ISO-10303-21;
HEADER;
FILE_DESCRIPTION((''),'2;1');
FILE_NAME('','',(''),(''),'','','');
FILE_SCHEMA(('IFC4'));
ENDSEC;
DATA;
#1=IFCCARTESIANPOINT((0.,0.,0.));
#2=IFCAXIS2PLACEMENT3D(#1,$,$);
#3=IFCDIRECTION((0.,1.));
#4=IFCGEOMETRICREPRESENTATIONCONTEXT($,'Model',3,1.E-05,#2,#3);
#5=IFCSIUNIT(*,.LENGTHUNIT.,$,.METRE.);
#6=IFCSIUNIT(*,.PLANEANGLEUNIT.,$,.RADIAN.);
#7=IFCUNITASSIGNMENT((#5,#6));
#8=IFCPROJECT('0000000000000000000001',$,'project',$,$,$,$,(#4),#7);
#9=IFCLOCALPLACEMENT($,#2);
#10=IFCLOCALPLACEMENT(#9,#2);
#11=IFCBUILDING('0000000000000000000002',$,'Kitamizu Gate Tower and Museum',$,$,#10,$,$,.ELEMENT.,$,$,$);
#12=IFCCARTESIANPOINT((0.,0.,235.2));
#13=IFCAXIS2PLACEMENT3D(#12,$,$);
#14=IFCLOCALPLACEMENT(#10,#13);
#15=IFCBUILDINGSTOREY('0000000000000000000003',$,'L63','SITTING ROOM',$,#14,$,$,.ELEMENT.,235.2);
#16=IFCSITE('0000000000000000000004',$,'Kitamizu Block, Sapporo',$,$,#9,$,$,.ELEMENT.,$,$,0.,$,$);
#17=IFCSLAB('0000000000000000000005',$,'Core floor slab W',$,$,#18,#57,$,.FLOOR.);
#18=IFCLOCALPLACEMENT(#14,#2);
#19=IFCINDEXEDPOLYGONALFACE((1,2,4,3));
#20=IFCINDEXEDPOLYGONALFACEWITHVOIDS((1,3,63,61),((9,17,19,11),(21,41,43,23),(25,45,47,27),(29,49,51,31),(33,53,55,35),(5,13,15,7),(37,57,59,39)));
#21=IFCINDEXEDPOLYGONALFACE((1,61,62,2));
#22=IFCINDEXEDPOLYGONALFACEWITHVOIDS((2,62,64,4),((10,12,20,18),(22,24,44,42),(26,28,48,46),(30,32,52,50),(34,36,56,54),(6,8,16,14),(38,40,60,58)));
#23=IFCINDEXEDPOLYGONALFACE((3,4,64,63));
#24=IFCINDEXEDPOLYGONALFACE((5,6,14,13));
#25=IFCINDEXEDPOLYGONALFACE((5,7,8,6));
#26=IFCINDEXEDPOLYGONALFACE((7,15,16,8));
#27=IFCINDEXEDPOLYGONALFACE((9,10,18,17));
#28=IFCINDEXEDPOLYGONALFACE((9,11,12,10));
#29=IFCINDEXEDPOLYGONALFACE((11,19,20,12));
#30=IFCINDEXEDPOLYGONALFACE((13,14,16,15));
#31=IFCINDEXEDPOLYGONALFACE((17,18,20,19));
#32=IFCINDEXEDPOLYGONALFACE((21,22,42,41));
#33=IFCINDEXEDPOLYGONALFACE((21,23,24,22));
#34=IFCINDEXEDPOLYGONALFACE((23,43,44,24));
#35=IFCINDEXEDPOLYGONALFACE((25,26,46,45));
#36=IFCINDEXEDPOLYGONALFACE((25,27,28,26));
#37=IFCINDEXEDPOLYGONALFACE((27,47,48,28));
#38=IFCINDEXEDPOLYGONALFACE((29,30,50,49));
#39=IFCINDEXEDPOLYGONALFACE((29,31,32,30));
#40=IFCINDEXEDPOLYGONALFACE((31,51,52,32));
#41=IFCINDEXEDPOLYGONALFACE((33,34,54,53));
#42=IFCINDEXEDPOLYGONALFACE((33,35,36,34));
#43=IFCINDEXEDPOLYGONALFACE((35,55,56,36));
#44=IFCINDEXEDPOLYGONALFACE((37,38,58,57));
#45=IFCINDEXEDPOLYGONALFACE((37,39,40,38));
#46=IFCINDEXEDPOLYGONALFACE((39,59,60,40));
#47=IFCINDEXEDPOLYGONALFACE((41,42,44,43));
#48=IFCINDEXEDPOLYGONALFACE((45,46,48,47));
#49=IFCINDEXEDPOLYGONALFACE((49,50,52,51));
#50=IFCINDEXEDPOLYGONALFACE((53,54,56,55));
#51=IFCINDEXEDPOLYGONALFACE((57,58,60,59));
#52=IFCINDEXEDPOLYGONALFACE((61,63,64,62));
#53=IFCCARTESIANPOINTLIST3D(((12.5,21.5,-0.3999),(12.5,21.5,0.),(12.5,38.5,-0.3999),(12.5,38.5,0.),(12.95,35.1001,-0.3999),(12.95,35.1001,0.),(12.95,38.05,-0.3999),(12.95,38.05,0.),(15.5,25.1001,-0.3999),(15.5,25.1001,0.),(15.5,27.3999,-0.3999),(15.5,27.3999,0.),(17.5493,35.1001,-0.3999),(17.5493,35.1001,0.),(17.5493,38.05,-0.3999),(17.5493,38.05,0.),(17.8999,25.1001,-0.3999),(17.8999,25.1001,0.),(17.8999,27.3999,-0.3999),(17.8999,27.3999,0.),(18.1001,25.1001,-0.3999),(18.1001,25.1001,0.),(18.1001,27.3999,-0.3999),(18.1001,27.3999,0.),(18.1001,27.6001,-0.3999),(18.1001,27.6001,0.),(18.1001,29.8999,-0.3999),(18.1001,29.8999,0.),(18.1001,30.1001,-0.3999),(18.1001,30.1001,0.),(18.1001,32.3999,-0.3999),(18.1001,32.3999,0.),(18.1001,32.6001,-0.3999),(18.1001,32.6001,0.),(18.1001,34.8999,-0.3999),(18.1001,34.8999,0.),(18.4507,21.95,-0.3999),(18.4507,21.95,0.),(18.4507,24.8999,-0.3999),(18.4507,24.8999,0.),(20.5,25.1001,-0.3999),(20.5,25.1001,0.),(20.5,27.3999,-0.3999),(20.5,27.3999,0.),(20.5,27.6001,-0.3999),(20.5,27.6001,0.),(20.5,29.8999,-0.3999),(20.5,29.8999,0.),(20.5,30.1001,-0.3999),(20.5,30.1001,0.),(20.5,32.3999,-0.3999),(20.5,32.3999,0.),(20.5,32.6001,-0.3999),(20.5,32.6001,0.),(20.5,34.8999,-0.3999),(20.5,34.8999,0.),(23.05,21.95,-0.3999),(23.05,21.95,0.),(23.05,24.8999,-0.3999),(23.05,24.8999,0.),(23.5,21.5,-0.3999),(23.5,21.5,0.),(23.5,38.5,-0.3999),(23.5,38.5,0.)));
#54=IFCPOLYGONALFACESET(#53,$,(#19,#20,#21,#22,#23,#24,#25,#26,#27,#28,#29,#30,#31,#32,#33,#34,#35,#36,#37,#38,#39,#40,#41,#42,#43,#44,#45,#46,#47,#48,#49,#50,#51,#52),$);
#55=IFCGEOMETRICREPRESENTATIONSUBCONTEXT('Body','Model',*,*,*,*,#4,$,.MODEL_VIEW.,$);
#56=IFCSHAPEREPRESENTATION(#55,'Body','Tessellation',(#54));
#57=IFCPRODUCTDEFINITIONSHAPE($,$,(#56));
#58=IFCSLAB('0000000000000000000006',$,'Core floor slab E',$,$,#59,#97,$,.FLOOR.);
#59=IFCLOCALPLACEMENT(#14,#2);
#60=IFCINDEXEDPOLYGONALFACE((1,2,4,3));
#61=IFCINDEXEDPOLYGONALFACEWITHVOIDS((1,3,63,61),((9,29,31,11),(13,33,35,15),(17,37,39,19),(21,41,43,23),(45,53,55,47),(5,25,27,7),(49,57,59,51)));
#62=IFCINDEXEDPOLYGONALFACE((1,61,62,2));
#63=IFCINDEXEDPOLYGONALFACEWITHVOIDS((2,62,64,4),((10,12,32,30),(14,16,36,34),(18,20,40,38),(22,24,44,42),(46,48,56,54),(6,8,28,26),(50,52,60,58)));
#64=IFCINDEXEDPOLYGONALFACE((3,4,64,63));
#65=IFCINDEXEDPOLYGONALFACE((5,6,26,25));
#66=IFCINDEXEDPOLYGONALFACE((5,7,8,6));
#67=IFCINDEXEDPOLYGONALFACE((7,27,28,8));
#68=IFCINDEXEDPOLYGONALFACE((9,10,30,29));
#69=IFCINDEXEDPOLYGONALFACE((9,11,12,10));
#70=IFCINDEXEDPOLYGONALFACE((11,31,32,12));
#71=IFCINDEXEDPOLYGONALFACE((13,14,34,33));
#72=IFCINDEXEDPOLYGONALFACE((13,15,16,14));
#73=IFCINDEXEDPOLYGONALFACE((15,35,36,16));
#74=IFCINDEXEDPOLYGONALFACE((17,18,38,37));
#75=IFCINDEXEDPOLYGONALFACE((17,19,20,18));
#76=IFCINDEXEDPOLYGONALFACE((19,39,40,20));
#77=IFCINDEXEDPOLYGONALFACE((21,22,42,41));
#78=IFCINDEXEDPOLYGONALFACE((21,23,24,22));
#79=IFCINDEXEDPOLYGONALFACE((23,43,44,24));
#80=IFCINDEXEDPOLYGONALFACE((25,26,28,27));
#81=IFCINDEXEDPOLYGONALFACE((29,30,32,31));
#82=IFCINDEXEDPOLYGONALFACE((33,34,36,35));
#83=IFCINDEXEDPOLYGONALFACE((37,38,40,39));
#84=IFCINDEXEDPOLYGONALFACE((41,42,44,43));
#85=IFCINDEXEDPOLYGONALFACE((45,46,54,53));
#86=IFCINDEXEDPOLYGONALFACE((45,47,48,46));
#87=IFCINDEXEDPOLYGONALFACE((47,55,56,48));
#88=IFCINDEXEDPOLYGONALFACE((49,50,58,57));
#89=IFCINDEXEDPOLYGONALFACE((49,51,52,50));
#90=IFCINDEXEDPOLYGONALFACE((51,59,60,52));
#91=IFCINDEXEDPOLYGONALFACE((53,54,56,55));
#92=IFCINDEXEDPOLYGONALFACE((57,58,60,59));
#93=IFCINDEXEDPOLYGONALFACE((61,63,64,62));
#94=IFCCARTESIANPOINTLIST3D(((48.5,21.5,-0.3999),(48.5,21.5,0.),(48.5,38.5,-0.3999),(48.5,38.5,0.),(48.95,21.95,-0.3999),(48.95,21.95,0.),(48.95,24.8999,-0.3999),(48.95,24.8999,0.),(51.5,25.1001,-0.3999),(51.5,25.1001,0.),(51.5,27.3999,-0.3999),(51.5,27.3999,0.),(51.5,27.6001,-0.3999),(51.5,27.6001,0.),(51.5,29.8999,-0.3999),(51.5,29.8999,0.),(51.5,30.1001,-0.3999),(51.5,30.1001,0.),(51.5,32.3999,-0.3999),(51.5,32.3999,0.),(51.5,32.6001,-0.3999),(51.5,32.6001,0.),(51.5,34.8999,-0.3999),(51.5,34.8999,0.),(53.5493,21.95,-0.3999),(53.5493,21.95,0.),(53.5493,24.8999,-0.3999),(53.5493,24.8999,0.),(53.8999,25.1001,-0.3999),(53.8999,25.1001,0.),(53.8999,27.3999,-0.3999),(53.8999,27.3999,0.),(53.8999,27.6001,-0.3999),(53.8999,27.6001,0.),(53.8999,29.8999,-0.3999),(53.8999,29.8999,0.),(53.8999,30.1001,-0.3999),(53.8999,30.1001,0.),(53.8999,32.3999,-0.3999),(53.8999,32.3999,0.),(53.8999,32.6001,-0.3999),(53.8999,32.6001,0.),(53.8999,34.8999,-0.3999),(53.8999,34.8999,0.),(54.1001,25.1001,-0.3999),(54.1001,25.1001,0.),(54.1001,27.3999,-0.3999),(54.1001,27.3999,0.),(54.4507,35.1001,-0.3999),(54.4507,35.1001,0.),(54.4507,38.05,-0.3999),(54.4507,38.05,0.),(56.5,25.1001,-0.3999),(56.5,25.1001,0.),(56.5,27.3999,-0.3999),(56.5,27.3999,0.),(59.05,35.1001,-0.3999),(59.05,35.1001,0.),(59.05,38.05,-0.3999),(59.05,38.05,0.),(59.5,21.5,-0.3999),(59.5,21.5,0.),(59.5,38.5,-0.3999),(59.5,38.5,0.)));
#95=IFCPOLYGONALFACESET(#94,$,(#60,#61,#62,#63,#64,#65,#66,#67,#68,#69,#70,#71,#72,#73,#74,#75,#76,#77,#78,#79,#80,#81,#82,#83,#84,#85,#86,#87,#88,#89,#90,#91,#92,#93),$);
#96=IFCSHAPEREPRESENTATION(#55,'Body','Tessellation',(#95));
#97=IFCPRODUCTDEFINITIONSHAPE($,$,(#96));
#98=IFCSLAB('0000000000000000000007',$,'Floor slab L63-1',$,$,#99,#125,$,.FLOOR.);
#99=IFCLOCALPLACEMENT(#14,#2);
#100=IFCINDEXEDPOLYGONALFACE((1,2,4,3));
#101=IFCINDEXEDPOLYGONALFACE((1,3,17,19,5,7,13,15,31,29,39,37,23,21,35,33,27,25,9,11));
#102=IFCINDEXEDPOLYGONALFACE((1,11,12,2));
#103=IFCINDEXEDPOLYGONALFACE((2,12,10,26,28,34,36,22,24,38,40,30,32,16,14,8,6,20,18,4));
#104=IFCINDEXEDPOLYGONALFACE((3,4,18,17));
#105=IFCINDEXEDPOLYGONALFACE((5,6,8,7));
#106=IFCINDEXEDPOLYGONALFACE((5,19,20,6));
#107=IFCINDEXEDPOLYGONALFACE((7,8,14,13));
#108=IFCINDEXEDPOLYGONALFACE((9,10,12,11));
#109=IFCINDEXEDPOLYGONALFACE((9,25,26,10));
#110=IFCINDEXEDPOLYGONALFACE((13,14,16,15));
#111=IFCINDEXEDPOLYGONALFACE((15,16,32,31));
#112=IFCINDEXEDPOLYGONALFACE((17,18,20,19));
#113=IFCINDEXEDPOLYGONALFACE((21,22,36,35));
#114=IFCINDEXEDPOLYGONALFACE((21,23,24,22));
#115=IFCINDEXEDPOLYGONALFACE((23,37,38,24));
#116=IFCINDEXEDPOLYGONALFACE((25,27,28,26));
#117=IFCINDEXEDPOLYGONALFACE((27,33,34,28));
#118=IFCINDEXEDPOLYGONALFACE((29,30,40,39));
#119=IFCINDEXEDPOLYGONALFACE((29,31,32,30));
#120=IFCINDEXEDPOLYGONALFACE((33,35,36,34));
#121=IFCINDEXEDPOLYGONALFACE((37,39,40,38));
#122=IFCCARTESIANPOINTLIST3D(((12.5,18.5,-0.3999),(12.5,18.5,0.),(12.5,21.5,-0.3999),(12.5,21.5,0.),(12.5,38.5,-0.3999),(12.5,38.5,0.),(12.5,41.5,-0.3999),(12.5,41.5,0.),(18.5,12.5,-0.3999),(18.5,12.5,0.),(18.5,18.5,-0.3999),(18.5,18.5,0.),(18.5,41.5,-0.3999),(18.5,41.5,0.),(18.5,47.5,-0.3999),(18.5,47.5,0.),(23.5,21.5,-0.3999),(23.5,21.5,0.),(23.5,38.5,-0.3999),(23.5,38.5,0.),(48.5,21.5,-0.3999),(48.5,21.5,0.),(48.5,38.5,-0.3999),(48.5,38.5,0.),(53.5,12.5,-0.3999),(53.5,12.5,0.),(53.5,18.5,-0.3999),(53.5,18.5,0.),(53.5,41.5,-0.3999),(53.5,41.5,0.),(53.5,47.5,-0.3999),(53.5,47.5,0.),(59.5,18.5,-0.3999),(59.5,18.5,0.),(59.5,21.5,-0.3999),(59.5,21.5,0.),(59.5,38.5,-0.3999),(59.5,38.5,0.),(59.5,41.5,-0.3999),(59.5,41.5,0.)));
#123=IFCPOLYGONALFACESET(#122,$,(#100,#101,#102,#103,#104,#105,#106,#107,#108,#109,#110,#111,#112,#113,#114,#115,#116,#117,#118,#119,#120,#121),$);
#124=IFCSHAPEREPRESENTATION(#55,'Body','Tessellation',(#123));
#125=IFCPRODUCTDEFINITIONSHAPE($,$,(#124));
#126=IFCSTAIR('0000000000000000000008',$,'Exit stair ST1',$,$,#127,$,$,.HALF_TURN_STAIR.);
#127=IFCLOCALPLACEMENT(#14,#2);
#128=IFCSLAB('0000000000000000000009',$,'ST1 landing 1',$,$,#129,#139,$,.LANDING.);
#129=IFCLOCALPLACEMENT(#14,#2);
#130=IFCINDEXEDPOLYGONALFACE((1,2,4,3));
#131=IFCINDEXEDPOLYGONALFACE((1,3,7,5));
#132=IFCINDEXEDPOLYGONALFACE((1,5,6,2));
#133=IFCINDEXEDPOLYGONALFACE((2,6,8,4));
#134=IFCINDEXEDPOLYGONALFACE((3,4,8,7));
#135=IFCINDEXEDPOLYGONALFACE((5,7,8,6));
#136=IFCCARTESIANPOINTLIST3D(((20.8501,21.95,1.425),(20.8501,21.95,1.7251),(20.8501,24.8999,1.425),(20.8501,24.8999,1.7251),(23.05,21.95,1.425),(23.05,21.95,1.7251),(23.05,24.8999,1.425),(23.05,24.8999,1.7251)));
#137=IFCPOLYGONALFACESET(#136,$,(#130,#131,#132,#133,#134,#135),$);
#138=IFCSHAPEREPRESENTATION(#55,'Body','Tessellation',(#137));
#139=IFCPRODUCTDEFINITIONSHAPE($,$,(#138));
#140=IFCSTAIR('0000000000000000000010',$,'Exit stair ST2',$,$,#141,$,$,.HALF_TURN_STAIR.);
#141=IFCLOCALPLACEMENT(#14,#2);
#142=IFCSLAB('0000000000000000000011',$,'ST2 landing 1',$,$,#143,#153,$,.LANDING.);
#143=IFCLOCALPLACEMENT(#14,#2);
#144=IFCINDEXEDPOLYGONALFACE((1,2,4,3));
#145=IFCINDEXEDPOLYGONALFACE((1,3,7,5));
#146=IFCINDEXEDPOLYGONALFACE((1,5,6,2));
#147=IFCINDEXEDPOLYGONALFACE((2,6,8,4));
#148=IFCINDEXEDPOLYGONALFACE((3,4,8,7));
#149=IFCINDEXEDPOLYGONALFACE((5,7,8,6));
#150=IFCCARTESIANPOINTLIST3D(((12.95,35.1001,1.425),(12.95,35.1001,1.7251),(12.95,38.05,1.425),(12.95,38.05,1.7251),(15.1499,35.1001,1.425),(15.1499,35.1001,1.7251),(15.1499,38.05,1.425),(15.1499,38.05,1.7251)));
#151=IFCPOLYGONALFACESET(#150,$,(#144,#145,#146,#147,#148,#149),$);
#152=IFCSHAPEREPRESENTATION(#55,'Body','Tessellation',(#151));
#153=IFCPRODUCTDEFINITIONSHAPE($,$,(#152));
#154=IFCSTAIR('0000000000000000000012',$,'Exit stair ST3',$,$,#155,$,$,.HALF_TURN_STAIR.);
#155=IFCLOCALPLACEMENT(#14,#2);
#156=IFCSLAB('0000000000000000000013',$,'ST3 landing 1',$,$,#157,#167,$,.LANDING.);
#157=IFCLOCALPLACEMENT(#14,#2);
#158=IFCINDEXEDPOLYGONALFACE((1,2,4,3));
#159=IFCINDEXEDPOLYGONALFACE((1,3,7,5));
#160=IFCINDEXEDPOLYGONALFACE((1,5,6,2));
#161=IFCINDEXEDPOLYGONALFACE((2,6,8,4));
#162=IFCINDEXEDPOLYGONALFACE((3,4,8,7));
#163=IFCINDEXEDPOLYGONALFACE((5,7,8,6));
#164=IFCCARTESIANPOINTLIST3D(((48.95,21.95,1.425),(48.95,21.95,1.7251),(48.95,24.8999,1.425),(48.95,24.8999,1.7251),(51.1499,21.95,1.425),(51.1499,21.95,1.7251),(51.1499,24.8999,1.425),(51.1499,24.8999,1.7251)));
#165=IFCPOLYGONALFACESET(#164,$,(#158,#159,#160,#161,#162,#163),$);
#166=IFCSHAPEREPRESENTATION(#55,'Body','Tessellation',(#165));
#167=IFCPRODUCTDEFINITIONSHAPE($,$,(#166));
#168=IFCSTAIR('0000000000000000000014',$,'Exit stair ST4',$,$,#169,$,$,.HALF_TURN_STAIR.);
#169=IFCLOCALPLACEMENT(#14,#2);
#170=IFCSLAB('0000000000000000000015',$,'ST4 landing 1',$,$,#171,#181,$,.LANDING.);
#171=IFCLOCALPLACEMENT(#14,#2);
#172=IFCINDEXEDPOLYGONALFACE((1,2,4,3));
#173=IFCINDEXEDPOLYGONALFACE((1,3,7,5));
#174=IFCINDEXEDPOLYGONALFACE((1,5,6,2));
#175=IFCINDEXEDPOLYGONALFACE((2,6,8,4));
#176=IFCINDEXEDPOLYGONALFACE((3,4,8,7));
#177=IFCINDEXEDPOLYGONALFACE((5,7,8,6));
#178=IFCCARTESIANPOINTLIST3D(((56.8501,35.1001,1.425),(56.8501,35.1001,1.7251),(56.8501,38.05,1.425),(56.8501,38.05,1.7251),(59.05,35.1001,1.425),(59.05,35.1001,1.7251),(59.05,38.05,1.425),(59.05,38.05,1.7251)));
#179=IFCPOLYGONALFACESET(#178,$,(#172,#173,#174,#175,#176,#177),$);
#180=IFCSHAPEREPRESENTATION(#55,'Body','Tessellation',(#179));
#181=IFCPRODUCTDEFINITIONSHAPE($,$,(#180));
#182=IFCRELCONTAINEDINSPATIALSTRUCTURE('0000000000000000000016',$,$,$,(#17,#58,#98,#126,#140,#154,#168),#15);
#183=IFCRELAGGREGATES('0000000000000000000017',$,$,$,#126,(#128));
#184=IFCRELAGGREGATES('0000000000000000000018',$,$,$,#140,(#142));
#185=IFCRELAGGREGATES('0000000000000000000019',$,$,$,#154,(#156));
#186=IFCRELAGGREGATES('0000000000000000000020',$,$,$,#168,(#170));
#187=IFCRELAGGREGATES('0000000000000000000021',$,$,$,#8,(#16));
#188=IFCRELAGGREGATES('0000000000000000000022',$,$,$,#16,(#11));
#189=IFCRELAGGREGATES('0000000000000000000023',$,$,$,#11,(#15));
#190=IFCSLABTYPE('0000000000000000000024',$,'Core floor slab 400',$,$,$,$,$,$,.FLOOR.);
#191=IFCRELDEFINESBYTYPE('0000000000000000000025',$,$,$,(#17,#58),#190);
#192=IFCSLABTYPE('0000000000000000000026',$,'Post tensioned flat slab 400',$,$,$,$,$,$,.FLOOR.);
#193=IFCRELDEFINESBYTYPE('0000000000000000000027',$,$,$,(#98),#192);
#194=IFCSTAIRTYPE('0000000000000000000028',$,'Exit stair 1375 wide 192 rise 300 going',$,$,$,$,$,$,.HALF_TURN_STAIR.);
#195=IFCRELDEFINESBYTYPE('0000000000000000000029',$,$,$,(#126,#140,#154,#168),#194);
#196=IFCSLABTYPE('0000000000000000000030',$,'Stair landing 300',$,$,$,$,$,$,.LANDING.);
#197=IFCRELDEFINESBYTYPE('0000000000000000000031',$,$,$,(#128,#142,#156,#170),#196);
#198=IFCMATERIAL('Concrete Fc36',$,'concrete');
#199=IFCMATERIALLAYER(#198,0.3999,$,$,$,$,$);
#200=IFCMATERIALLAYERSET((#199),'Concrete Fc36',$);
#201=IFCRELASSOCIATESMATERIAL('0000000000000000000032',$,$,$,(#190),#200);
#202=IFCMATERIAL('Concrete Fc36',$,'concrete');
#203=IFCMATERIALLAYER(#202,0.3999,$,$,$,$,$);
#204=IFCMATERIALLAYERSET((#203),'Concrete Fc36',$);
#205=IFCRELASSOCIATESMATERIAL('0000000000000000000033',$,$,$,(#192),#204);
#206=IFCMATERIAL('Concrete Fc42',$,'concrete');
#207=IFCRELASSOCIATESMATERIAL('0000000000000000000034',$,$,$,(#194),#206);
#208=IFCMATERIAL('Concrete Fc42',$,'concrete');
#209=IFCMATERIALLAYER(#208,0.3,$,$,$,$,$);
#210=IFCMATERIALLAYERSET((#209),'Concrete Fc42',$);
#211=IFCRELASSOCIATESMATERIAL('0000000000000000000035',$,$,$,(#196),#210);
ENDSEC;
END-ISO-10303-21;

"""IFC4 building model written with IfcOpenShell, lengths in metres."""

from ifc_helpers import new_model, si_unit, direction, frame, origin, place, context, subcontext, project, spatial, polyline, outline, extrude, material, layer, layer_set, type_object, element, aggregate, save


model = new_model("IFC4")

# Units and contexts
model_context = context("Model", 3, precision=1e-05, world=origin(), true_north=direction((0.0, 1.0)))
body_context = subcontext(model_context, "Body", "Model", "MODEL_VIEW")
ifc_project = project(units=[si_unit("LENGTHUNIT", "METRE"), si_unit("PLANEANGLEUNIT", "RADIAN")], contexts=[model_context])

# Site, building, storey
site_placement = place(None, origin())
site = spatial("IfcSite", under=ifc_project, at=site_placement, Name="Kitamizu Block, Sapporo", CompositionType="ELEMENT", RefElevation=0.0)
building_placement = place(site_placement, origin())
building = spatial("IfcBuilding", under=site, at=building_placement, Name="Kitamizu Gate Tower and Museum", CompositionType="ELEMENT")
storey_placement = place(building_placement, frame((0.0, 0.0, 235.2)))
storey = spatial("IfcBuildingStorey", under=building, at=storey_placement, Name="L63", Description="SITTING ROOM", CompositionType="ELEMENT", Elevation=235.2)

# Slabs
ifc_material_1 = material(Name="Concrete Fc36", Category="concrete")
ifc_layer_1 = layer(ifc_material_1, 0.3999)
ifc_layer_set_1 = layer_set([ifc_layer_1], Name="Concrete Fc36")
slab_type_1 = type_object("IfcSlabType", Name="Core floor slab 400", PredefinedType="FLOOR", material=ifc_layer_set_1)
slab_1_placement = place(storey_placement, frame((0.0, 0.0, -0.3999)))
element("IfcSlab", 1, at=slab_1_placement, inside=storey, type_object=slab_type_1, Name="Core floor slab W", PredefinedType="FLOOR", context=body_context, shape_type="SweptSolid", body=[
    extrude(outline(polyline([(12.5, 21.5), (23.5, 21.5), (23.5, 38.5), (12.5, 38.5), (12.5, 21.5)]), holes=[polyline([(15.5, 25.1001), (17.8999, 25.1001), (17.8999, 27.3999), (15.5, 27.3999), (15.5, 25.1001)]), polyline([(18.1001, 25.1001), (20.5, 25.1001), (20.5, 27.3999), (18.1001, 27.3999), (18.1001, 25.1001)]), polyline([(18.1001, 27.6001), (20.5, 27.6001), (20.5, 29.8999), (18.1001, 29.8999), (18.1001, 27.6001)]), polyline([(18.1001, 30.1001), (20.5, 30.1001), (20.5, 32.3999), (18.1001, 32.3999), (18.1001, 30.1001)]), polyline([(18.1001, 32.6001), (20.5, 32.6001), (20.5, 34.8999), (18.1001, 34.8999), (18.1001, 32.6001)]), polyline([(18.4507, 21.95), (23.05, 21.95), (23.05, 24.8999), (18.4507, 24.8999), (18.4507, 21.95)]), polyline([(12.95, 35.1001), (17.5493, 35.1001), (17.5493, 38.05), (12.95, 38.05), (12.95, 35.1001)])]), origin(), (0.0, 0.0, 1.0), 0.3999),
])
slab_2_placement = place(storey_placement, frame((0.0, 0.0, -0.3999)))
element("IfcSlab", 2, at=slab_2_placement, inside=storey, type_object=slab_type_1, Name="Core floor slab E", PredefinedType="FLOOR", context=body_context, shape_type="SweptSolid", body=[
    extrude(outline(polyline([(48.5, 21.5), (59.5, 21.5), (59.5, 38.5), (48.5, 38.5), (48.5, 21.5)]), holes=[polyline([(54.1001, 25.1001), (56.5, 25.1001), (56.5, 27.3999), (54.1001, 27.3999), (54.1001, 25.1001)]), polyline([(51.5, 25.1001), (53.8999, 25.1001), (53.8999, 27.3999), (51.5, 27.3999), (51.5, 25.1001)]), polyline([(51.5, 27.6001), (53.8999, 27.6001), (53.8999, 29.8999), (51.5, 29.8999), (51.5, 27.6001)]), polyline([(51.5, 30.1001), (53.8999, 30.1001), (53.8999, 32.3999), (51.5, 32.3999), (51.5, 30.1001)]), polyline([(51.5, 32.6001), (53.8999, 32.6001), (53.8999, 34.8999), (51.5, 34.8999), (51.5, 32.6001)]), polyline([(48.95, 21.95), (53.5493, 21.95), (53.5493, 24.8999), (48.95, 24.8999), (48.95, 21.95)]), polyline([(54.4507, 35.1001), (59.05, 35.1001), (59.05, 38.05), (54.4507, 38.05), (54.4507, 35.1001)])]), origin(), (0.0, 0.0, 1.0), 0.3999),
])
ifc_material_2 = material(Name="Concrete Fc36", Category="concrete")
ifc_layer_2 = layer(ifc_material_2, 0.3999)
ifc_layer_set_2 = layer_set([ifc_layer_2], Name="Concrete Fc36")
slab_type_2 = type_object("IfcSlabType", Name="Post tensioned flat slab 400", PredefinedType="FLOOR", material=ifc_layer_set_2)
slab_3_placement = place(storey_placement, frame((0.0, 0.0, -0.3999)))
element("IfcSlab", 3, at=slab_3_placement, inside=storey, type_object=slab_type_2, Name="Floor slab L63-1", PredefinedType="FLOOR", context=body_context, shape_type="SweptSolid", body=[
    extrude(outline(polyline([(12.5, 18.5), (12.5, 21.5), (23.5, 21.5), (23.5, 38.5), (12.5, 38.5), (12.5, 41.5), (18.5, 41.5), (18.5, 47.5), (53.5, 47.5), (53.5, 41.5), (59.5, 41.5), (59.5, 38.5), (48.5, 38.5), (48.5, 21.5), (59.5, 21.5), (59.5, 18.5), (53.5, 18.5), (53.5, 12.5), (18.5, 12.5), (18.5, 18.5), (12.5, 18.5)])), origin(), (0.0, 0.0, 1.0), 0.3999),
])

# Stairs, slabs
ifc_material_3 = material(Name="Concrete Fc42", Category="concrete")
stair_type = type_object("IfcStairType", Name="Exit stair 1375 wide 192 rise 300 going", PredefinedType="HALF_TURN_STAIR", material=ifc_material_3)
stair_1_placement = place(storey_placement, origin())
stair_1 = element("IfcStair", 4, at=stair_1_placement, inside=storey, type_object=stair_type, Name="Exit stair ST1", PredefinedType="HALF_TURN_STAIR")
ifc_material_4 = material(Name="Concrete Fc42", Category="concrete")
ifc_layer_3 = layer(ifc_material_4, 0.3)
ifc_layer_set_3 = layer_set([ifc_layer_3], Name="Concrete Fc42")
slab_type_3 = type_object("IfcSlabType", Name="Stair landing 300", PredefinedType="LANDING", material=ifc_layer_set_3)
slab_4_placement = place(storey_placement, frame((0.0, 0.0, 1.425)))
slab_4 = element("IfcSlab", 5, at=slab_4_placement, type_object=slab_type_3, Name="ST1 landing 1", PredefinedType="LANDING", context=body_context, shape_type="SweptSolid", body=[
    extrude(outline(polyline([(20.8501, 21.95), (23.05, 21.95), (23.05, 24.8999), (20.8501, 24.8999), (20.8501, 21.95)])), origin(), (0.0, 0.0, 1.0), 0.3),
])
aggregate(stair_1, [slab_4])
stair_2_placement = place(storey_placement, origin())
stair_2 = element("IfcStair", 6, at=stair_2_placement, inside=storey, type_object=stair_type, Name="Exit stair ST2", PredefinedType="HALF_TURN_STAIR")
slab_5_placement = place(storey_placement, frame((0.0, 0.0, 1.425)))
slab_5 = element("IfcSlab", 7, at=slab_5_placement, type_object=slab_type_3, Name="ST2 landing 1", PredefinedType="LANDING", context=body_context, shape_type="SweptSolid", body=[
    extrude(outline(polyline([(12.95, 35.1001), (15.1499, 35.1001), (15.1499, 38.05), (12.95, 38.05), (12.95, 35.1001)])), origin(), (0.0, 0.0, 1.0), 0.3),
])
aggregate(stair_2, [slab_5])
stair_3_placement = place(storey_placement, origin())
stair_3 = element("IfcStair", 8, at=stair_3_placement, inside=storey, type_object=stair_type, Name="Exit stair ST3", PredefinedType="HALF_TURN_STAIR")
slab_6_placement = place(storey_placement, frame((0.0, 0.0, 1.425)))
slab_6 = element("IfcSlab", 9, at=slab_6_placement, type_object=slab_type_3, Name="ST3 landing 1", PredefinedType="LANDING", context=body_context, shape_type="SweptSolid", body=[
    extrude(outline(polyline([(48.95, 21.95), (51.1499, 21.95), (51.1499, 24.8999), (48.95, 24.8999), (48.95, 21.95)])), origin(), (0.0, 0.0, 1.0), 0.3),
])
aggregate(stair_3, [slab_6])
stair_4_placement = place(storey_placement, origin())
stair_4 = element("IfcStair", 10, at=stair_4_placement, inside=storey, type_object=stair_type, Name="Exit stair ST4", PredefinedType="HALF_TURN_STAIR")
slab_7_placement = place(storey_placement, frame((0.0, 0.0, 1.425)))
slab_7 = element("IfcSlab", 11, at=slab_7_placement, type_object=slab_type_3, Name="ST4 landing 1", PredefinedType="LANDING", context=body_context, shape_type="SweptSolid", body=[
    extrude(outline(polyline([(56.8501, 35.1001), (59.05, 35.1001), (59.05, 38.05), (56.8501, 38.05), (56.8501, 35.1001)])), origin(), (0.0, 0.0, 1.0), 0.3),
])
aggregate(stair_4, [slab_7])

save(model, "model.ifc")
